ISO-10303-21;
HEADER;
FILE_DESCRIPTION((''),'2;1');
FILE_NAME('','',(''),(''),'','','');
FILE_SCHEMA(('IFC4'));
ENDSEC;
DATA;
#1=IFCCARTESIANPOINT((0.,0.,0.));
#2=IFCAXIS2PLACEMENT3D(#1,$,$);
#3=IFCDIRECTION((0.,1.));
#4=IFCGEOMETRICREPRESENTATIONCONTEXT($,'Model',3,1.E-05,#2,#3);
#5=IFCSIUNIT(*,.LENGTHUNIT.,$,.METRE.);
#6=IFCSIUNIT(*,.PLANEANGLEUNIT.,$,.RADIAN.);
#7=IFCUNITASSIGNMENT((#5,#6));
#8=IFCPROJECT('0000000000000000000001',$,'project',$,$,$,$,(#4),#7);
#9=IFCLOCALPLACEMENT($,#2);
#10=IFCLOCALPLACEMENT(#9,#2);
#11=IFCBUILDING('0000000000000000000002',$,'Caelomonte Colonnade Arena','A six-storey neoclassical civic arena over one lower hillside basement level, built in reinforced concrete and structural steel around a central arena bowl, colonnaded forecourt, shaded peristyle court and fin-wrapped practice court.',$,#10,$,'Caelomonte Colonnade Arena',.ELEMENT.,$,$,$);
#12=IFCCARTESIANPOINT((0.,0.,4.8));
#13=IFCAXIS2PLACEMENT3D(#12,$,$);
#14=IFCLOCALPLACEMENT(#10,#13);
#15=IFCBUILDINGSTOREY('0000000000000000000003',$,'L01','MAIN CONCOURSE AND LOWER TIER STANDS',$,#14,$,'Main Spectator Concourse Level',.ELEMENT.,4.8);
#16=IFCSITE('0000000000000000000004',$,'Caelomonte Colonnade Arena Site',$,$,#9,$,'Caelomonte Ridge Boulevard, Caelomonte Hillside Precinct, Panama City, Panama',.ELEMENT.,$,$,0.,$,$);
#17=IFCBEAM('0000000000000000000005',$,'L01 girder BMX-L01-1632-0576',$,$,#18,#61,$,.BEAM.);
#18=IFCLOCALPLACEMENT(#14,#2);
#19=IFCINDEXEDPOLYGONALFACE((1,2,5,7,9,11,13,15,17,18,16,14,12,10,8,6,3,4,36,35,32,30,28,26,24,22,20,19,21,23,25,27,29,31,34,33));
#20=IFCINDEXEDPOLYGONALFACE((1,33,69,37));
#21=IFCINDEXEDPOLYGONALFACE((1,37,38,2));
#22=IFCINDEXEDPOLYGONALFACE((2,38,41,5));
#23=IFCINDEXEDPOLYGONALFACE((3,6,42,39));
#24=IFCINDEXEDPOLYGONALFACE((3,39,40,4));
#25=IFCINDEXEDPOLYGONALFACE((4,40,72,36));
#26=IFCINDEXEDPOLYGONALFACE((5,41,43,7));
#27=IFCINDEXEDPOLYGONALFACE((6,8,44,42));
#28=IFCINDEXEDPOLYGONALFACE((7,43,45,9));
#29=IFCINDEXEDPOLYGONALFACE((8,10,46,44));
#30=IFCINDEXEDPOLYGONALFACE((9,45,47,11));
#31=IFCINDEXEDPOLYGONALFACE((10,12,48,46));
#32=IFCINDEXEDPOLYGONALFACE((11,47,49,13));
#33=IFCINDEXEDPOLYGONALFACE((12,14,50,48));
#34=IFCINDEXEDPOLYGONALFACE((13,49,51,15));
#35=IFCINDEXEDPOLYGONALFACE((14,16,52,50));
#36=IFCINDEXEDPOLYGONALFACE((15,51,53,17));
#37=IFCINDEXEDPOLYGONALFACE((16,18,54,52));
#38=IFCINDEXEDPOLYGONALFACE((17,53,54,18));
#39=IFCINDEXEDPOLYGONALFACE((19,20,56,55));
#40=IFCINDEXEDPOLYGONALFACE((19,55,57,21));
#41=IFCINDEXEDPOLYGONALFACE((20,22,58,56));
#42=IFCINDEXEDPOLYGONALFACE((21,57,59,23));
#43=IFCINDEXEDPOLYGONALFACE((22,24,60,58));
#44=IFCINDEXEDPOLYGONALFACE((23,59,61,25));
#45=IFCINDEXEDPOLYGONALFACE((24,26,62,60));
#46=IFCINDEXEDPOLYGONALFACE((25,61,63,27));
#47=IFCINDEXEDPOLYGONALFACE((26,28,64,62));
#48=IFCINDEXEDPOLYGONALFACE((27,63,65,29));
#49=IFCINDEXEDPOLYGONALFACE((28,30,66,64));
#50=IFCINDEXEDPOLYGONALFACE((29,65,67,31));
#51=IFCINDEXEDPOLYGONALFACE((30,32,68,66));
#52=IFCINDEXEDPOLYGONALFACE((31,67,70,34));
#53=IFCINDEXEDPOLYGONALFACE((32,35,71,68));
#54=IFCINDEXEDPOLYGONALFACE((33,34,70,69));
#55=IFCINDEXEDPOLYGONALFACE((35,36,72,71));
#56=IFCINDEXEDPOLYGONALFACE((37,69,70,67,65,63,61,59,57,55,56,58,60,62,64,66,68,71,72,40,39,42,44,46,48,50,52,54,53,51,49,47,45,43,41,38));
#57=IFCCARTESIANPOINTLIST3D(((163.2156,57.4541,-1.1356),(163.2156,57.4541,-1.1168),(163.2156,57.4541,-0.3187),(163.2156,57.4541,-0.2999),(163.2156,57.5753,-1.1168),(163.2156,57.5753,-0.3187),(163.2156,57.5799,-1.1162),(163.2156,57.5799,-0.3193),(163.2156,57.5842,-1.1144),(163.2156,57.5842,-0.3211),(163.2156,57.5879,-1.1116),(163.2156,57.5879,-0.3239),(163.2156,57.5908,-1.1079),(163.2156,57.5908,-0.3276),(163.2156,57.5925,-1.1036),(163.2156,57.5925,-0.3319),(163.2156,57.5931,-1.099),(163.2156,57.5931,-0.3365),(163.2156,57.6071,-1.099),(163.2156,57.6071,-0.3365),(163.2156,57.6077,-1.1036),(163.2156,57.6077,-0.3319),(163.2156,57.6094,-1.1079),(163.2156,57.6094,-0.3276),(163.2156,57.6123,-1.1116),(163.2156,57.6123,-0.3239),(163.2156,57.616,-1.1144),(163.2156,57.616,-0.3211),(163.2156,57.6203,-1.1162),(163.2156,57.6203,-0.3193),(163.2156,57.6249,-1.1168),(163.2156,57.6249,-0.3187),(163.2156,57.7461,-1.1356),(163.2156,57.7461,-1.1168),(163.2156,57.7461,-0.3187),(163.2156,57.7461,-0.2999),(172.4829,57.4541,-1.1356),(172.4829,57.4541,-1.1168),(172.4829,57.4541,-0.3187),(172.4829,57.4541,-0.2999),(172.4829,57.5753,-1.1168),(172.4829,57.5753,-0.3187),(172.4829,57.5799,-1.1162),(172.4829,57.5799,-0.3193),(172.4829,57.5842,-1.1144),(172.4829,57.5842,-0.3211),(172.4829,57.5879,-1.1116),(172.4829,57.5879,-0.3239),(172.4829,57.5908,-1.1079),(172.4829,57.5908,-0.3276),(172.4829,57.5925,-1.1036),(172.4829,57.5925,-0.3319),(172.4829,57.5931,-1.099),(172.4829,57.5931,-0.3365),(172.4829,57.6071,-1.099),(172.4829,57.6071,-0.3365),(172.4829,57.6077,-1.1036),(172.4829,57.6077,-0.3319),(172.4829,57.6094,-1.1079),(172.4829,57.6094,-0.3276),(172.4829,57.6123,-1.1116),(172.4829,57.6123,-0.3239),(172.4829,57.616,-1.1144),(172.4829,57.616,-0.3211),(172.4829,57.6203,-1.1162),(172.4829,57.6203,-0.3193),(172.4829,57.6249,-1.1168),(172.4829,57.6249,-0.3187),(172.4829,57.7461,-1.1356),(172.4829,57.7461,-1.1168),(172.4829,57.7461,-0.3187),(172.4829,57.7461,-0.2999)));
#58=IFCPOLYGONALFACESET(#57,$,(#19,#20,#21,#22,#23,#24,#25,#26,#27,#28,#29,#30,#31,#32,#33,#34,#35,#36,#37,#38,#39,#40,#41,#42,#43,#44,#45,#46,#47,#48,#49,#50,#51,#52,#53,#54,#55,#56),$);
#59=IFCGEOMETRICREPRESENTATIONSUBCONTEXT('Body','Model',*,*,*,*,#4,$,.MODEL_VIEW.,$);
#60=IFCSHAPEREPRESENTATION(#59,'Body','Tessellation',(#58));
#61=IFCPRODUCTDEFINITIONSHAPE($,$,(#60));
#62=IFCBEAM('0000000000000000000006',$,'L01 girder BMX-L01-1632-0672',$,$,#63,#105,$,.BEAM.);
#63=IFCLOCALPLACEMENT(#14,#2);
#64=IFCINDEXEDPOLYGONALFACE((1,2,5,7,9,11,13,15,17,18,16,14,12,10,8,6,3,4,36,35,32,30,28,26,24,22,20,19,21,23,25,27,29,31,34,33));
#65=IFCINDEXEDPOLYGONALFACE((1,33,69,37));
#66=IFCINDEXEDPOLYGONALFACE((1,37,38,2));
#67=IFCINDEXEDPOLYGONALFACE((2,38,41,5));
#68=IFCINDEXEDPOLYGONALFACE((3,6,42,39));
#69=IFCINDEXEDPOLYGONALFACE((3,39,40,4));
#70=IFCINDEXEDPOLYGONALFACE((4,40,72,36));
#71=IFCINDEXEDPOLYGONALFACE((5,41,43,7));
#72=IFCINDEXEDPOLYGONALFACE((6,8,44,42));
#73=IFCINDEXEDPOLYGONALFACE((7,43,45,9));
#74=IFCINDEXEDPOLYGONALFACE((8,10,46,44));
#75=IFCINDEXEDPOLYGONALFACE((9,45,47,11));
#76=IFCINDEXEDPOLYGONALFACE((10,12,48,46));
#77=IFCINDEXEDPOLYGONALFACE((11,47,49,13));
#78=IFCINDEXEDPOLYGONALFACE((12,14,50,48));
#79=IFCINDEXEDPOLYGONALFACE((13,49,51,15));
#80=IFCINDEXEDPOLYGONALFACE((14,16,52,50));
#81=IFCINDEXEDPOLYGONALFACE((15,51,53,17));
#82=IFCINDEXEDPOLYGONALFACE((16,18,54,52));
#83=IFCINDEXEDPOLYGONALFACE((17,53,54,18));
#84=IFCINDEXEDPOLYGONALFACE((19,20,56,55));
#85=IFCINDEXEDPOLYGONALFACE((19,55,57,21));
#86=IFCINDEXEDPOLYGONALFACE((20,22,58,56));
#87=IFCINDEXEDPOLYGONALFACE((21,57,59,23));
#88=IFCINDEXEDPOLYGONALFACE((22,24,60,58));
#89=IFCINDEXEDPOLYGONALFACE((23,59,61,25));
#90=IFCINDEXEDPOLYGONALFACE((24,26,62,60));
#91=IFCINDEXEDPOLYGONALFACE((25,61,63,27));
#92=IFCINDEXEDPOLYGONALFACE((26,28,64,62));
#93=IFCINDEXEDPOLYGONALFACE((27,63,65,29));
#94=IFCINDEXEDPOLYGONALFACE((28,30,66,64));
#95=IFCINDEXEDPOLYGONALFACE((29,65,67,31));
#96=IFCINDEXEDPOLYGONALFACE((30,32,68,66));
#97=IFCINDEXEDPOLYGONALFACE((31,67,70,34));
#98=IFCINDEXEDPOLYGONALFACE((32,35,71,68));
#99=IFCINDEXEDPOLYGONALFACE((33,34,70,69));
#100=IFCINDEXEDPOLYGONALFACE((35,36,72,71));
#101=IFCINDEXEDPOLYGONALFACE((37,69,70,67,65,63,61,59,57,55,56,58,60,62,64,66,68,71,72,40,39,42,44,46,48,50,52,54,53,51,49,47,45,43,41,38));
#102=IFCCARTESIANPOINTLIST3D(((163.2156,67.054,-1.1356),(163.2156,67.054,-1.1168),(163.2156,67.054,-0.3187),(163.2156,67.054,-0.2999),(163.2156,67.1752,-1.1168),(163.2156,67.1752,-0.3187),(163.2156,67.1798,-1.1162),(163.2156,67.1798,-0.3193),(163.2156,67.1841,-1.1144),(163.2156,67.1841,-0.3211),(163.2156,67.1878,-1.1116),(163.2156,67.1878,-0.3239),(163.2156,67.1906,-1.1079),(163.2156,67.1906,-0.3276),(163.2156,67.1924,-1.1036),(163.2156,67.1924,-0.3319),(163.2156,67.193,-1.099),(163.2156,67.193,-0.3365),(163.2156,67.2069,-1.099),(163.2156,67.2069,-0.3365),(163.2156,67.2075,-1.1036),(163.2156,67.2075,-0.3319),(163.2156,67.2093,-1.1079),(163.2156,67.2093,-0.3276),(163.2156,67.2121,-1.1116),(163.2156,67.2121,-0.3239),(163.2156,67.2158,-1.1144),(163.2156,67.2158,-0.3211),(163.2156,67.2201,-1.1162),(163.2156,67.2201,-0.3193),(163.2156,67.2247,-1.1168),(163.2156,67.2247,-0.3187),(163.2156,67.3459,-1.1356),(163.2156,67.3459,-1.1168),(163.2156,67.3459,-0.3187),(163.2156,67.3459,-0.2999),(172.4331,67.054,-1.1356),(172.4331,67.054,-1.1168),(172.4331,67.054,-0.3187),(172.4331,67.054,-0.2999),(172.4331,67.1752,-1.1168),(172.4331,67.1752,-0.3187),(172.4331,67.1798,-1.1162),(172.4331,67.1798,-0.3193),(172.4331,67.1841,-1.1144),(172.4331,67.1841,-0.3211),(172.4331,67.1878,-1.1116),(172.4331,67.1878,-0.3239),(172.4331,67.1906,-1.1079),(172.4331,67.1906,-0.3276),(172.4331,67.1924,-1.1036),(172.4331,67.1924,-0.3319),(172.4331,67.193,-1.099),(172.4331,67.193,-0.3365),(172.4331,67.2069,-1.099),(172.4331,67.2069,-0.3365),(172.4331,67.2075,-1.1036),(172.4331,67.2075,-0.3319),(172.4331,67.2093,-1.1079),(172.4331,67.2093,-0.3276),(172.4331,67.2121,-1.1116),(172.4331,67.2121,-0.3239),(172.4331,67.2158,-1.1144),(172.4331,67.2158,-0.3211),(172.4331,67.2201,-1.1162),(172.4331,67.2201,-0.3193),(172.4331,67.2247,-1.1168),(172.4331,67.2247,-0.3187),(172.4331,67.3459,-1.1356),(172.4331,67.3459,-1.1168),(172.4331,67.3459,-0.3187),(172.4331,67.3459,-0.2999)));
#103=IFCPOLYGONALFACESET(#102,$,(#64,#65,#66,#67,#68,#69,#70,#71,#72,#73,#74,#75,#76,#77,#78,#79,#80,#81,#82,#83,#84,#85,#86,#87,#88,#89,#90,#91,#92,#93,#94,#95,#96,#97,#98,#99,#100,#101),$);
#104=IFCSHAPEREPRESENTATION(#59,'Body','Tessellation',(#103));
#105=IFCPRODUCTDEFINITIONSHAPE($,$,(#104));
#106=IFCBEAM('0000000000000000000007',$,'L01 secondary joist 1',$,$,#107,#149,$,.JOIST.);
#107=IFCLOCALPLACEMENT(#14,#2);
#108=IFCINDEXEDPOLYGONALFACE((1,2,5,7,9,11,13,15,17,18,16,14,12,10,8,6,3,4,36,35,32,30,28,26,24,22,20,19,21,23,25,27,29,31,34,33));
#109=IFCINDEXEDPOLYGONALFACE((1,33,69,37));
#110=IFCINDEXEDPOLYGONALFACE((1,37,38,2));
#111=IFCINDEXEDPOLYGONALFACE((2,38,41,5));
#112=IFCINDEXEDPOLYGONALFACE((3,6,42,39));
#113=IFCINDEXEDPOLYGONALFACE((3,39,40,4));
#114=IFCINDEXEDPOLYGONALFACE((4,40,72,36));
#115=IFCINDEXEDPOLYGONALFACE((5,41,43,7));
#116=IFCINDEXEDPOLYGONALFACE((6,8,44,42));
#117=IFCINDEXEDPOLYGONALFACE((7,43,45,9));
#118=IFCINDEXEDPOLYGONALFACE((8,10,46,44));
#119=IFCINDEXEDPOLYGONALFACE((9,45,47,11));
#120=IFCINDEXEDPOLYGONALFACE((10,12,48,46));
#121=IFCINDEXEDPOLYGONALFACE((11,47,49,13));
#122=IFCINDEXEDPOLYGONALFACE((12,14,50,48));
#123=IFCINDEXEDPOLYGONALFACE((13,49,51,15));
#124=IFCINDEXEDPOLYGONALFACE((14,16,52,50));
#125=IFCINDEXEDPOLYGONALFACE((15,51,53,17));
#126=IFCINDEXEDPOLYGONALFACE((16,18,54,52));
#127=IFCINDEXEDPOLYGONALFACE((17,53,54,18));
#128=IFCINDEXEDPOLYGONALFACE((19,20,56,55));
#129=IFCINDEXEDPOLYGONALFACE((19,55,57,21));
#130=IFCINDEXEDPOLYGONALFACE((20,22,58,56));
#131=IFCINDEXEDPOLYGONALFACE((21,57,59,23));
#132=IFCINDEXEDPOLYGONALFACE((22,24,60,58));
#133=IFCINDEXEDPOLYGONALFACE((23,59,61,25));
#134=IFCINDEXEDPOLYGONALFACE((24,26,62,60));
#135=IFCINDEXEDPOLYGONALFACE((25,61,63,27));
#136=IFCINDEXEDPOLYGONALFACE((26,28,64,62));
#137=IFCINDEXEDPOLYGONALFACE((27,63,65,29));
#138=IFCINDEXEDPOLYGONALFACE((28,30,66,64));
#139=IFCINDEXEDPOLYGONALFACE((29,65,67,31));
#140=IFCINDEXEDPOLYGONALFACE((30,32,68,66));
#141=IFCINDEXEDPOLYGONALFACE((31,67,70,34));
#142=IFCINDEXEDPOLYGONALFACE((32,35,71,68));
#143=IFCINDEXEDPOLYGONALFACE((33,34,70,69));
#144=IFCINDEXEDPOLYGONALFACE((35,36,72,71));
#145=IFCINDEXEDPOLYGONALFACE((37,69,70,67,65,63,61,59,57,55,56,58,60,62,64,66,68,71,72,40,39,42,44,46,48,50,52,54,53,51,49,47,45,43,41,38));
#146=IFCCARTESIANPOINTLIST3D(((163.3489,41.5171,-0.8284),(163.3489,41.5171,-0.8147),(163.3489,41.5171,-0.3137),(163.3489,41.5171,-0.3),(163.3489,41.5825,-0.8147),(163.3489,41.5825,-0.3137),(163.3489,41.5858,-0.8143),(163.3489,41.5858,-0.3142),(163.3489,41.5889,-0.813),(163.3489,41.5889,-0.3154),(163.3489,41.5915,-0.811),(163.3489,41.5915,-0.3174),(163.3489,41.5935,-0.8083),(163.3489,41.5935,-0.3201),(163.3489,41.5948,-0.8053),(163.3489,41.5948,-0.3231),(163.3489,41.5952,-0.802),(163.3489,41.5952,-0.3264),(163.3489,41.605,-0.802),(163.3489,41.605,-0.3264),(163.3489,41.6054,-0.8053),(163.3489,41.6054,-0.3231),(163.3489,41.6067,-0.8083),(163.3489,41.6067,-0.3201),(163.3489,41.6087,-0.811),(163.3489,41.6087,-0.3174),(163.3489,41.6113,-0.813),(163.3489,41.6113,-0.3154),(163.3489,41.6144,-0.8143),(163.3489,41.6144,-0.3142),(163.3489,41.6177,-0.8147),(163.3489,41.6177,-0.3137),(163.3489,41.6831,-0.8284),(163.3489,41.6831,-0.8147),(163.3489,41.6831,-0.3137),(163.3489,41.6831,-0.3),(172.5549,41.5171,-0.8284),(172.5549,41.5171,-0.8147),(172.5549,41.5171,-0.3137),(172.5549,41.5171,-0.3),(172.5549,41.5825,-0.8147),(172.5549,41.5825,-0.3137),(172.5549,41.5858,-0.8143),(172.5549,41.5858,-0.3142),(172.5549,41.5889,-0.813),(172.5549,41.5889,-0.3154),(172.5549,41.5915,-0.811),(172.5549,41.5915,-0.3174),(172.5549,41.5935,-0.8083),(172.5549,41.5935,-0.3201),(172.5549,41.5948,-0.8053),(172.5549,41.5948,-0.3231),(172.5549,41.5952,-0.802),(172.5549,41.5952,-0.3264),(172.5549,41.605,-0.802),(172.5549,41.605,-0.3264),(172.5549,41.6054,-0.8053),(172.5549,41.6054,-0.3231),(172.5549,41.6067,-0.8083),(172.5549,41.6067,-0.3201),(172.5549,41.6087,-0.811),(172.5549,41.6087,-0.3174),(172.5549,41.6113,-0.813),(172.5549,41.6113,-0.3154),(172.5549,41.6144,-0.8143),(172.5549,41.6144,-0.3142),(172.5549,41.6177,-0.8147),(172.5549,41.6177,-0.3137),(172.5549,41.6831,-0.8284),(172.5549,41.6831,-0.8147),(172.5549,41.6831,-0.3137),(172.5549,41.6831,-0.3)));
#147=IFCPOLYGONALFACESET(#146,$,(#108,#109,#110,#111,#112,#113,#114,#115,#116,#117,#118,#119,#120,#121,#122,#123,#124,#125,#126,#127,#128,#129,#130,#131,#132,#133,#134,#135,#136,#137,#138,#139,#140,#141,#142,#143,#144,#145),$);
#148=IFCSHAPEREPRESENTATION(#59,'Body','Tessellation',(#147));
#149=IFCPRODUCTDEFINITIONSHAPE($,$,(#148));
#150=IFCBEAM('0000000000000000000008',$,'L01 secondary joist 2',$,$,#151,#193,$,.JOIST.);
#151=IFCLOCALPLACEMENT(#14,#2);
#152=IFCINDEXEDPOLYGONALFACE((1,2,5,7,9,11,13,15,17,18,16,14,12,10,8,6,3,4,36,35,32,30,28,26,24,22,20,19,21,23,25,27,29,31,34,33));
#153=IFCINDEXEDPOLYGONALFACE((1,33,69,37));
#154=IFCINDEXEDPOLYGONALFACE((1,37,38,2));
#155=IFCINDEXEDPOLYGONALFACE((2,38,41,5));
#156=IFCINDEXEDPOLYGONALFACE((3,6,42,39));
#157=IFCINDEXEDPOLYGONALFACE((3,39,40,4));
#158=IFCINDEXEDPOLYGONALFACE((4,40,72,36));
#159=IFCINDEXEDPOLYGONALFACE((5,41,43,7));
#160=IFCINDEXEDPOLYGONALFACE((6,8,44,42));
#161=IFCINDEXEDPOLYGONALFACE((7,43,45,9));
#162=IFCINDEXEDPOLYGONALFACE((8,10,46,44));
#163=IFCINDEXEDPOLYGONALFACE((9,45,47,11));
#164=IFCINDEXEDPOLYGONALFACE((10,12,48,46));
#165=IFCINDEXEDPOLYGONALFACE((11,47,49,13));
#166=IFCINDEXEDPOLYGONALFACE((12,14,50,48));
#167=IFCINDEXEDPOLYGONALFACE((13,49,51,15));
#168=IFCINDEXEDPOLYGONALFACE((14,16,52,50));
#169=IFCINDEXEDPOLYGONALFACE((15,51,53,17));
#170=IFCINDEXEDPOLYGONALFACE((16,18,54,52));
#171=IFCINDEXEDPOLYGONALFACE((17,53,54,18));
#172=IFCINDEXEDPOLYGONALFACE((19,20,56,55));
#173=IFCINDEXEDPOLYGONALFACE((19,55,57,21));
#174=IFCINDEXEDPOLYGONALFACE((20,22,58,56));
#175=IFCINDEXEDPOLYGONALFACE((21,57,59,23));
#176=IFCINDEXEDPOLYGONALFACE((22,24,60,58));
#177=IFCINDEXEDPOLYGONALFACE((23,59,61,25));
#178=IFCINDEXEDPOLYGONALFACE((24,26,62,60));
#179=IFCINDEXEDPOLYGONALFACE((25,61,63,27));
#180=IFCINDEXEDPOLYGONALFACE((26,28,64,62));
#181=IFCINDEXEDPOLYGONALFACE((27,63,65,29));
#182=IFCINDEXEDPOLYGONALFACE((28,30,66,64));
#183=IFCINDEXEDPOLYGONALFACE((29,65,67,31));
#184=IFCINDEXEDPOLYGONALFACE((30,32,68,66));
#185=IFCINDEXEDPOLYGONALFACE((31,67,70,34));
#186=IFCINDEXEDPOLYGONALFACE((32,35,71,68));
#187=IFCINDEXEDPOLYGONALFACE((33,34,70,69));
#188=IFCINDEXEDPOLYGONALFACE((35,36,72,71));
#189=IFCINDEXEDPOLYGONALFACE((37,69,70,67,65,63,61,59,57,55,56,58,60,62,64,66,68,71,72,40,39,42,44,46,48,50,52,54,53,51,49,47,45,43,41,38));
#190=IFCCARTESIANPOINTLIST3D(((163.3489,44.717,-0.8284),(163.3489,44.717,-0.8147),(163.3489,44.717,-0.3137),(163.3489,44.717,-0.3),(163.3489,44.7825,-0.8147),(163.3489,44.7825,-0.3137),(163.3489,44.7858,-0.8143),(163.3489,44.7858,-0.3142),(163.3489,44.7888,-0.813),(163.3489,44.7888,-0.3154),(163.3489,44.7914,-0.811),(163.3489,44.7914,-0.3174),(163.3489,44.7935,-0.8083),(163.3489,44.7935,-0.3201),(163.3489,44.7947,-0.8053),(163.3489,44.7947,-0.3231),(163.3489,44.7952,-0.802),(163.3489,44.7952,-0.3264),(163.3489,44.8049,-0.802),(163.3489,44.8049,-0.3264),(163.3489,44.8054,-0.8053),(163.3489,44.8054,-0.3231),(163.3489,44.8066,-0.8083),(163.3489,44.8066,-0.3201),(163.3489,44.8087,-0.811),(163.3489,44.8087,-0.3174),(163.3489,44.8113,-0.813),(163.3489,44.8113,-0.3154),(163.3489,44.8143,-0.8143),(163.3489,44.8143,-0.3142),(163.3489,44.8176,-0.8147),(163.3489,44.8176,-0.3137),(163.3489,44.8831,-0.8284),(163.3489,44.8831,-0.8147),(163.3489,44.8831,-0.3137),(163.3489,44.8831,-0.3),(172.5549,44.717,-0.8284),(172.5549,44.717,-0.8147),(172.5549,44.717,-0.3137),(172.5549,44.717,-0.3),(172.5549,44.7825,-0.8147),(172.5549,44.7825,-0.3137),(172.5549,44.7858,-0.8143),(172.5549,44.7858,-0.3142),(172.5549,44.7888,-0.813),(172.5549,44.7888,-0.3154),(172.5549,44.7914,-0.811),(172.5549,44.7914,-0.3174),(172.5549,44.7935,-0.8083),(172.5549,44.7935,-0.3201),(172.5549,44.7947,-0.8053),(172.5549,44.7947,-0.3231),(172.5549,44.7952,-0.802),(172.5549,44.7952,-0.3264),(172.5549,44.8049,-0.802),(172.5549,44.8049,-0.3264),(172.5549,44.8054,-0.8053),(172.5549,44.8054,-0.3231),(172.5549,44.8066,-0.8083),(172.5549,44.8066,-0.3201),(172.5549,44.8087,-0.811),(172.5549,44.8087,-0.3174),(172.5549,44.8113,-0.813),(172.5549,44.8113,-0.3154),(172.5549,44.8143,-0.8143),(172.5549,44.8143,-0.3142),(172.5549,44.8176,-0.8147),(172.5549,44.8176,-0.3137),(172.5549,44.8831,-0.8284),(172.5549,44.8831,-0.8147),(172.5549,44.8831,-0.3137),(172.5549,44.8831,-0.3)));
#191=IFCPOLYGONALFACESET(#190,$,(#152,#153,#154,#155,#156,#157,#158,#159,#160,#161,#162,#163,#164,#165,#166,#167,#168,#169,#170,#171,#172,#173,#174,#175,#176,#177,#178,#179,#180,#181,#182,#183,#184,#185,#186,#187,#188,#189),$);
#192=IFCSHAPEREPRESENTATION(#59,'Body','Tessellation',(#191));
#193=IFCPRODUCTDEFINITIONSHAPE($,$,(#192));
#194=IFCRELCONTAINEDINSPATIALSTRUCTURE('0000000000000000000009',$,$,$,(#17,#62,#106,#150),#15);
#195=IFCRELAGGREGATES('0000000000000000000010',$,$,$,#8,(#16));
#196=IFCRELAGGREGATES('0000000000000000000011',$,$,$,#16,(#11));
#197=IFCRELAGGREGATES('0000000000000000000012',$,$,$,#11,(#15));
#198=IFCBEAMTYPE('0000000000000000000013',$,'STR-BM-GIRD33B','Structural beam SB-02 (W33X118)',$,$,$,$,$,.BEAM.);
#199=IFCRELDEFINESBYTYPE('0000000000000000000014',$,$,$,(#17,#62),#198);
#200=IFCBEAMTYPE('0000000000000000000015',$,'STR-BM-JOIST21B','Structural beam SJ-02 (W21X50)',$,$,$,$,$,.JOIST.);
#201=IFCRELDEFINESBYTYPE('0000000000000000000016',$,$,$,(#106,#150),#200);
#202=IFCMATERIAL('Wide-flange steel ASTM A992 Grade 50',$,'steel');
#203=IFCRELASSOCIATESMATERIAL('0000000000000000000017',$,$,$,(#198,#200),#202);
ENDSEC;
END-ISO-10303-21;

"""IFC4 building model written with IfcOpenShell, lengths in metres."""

from ifc_helpers import new_model, si_unit, direction, frame, origin, origin_2d, place, context, subcontext, project, spatial, i_section, extrude, material, material_profile, profile_set, type_object, element, save


model = new_model("IFC4")

# Units and contexts
model_context = context("Model", 3, precision=1e-05, world=origin(), true_north=direction((0.0, 1.0)))
body_context = subcontext(model_context, "Body", "Model", "MODEL_VIEW")
ifc_project = project(units=[si_unit("LENGTHUNIT", "METRE"), si_unit("PLANEANGLEUNIT", "RADIAN")], contexts=[model_context])

# Site, building, storey
site_placement = place(None, origin())
site = spatial("IfcSite", under=ifc_project, at=site_placement, Name="Caelomonte Colonnade Arena Site", LongName="Caelomonte Ridge Boulevard, Caelomonte Hillside Precinct, Panama City, Panama", CompositionType="ELEMENT", RefElevation=0.0)
building_placement = place(site_placement, origin())
building = spatial("IfcBuilding", under=site, at=building_placement, Name="Caelomonte Colonnade Arena", Description="A six-storey neoclassical civic arena over one lower hillside basement level, built in reinforced concrete and structural steel around a central arena bowl, colonnaded forecourt, shaded peristyle court and fin-wrapped practice court.", LongName="Caelomonte Colonnade Arena", CompositionType="ELEMENT")
storey_placement = place(building_placement, frame((0.0, 0.0, 4.8)))
storey = spatial("IfcBuildingStorey", under=building, at=storey_placement, Name="L01", Description="MAIN CONCOURSE AND LOWER TIER STANDS", LongName="Main Spectator Concourse Level", CompositionType="ELEMENT", Elevation=4.8)

# Shared definitions
ifc_material_1 = material(Name="Wide-flange steel ASTM A992 Grade 50", Category="steel")

# Beams
ifc_material_profile_1 = material_profile(ifc_material_1, i_section(OverallWidth=0.292, OverallDepth=0.8357, WebThickness=0.0139, FlangeThickness=0.0188, FilletRadius=0.0178, at=origin_2d()), Name="W33X118")
ifc_profile_set_1 = profile_set([ifc_material_profile_1], Name="Wide-flange steel ASTM A992 Grade 50")
beam_type_1 = type_object("IfcBeamType", Name="STR-BM-GIRD33B", Description="Structural beam SB-02 (W33X118)", PredefinedType="BEAM", material=ifc_profile_set_1)
for number, where, z_axis, x_axis, name in (
    (1, (163.2156, 57.6001, -0.7178), (1.0, 0.0, 0.0), (0.0, 1.0, 0.0), "L01 girder BMX-L01-1632-0576"),
):
    element("IfcBeam", number, at=place(storey_placement, frame(where, z_axis=z_axis, x_axis=x_axis)), inside=storey, type_object=beam_type_1, Name=name, PredefinedType="BEAM", context=body_context, shape_type="SweptSolid", body=[
        extrude(i_section(OverallWidth=0.292, OverallDepth=0.8357, WebThickness=0.0139, FlangeThickness=0.0188, FilletRadius=0.0178, at=origin_2d()), origin(), (0.0, 0.0, 1.0), 9.2673),
    ])
beam_1_placement = place(storey_placement, frame((163.2156, 67.2, -0.7178), z_axis=(1.0, 0.0, 0.0), x_axis=(0.0, 1.0, 0.0)))
element("IfcBeam", 2, at=beam_1_placement, inside=storey, type_object=beam_type_1, Name="L01 girder BMX-L01-1632-0672", PredefinedType="BEAM", context=body_context, shape_type="SweptSolid", body=[
    extrude(i_section(OverallWidth=0.292, OverallDepth=0.8357, WebThickness=0.0139, FlangeThickness=0.0188, FilletRadius=0.0178, at=origin_2d()), origin(), (0.0, 0.0, 1.0), 9.2175),
])
ifc_material_profile_2 = material_profile(ifc_material_1, i_section(OverallWidth=0.166, OverallDepth=0.5283, WebThickness=0.0098, FlangeThickness=0.0137, FilletRadius=0.0127, at=origin_2d()), Name="W21X50")
ifc_profile_set_2 = profile_set([ifc_material_profile_2], Name="Wide-flange steel ASTM A992 Grade 50")
beam_type_2 = type_object("IfcBeamType", Name="STR-BM-JOIST21B", Description="Structural beam SJ-02 (W21X50)", PredefinedType="JOIST", material=ifc_profile_set_2)
for number, where, z_axis, x_axis, name in (
    (3, (163.3489, 41.6001, -0.5642), (1.0, 0.0, 0.0), (0.0, 1.0, 0.0), "L01 secondary joist 1"),
    (4, (163.3489, 44.8, -0.5642), (1.0, 0.0, 0.0), (0.0, 1.0, 0.0), "L01 secondary joist 2"),
):
    element("IfcBeam", number, at=place(storey_placement, frame(where, z_axis=z_axis, x_axis=x_axis)), inside=storey, type_object=beam_type_2, Name=name, PredefinedType="JOIST", context=body_context, shape_type="SweptSolid", body=[
        extrude(i_section(OverallWidth=0.166, OverallDepth=0.5283, WebThickness=0.0098, FlangeThickness=0.0137, FilletRadius=0.0127, at=origin_2d()), origin(), (0.0, 0.0, 1.0), 9.2061),
    ])

save(model, "model.ifc")
